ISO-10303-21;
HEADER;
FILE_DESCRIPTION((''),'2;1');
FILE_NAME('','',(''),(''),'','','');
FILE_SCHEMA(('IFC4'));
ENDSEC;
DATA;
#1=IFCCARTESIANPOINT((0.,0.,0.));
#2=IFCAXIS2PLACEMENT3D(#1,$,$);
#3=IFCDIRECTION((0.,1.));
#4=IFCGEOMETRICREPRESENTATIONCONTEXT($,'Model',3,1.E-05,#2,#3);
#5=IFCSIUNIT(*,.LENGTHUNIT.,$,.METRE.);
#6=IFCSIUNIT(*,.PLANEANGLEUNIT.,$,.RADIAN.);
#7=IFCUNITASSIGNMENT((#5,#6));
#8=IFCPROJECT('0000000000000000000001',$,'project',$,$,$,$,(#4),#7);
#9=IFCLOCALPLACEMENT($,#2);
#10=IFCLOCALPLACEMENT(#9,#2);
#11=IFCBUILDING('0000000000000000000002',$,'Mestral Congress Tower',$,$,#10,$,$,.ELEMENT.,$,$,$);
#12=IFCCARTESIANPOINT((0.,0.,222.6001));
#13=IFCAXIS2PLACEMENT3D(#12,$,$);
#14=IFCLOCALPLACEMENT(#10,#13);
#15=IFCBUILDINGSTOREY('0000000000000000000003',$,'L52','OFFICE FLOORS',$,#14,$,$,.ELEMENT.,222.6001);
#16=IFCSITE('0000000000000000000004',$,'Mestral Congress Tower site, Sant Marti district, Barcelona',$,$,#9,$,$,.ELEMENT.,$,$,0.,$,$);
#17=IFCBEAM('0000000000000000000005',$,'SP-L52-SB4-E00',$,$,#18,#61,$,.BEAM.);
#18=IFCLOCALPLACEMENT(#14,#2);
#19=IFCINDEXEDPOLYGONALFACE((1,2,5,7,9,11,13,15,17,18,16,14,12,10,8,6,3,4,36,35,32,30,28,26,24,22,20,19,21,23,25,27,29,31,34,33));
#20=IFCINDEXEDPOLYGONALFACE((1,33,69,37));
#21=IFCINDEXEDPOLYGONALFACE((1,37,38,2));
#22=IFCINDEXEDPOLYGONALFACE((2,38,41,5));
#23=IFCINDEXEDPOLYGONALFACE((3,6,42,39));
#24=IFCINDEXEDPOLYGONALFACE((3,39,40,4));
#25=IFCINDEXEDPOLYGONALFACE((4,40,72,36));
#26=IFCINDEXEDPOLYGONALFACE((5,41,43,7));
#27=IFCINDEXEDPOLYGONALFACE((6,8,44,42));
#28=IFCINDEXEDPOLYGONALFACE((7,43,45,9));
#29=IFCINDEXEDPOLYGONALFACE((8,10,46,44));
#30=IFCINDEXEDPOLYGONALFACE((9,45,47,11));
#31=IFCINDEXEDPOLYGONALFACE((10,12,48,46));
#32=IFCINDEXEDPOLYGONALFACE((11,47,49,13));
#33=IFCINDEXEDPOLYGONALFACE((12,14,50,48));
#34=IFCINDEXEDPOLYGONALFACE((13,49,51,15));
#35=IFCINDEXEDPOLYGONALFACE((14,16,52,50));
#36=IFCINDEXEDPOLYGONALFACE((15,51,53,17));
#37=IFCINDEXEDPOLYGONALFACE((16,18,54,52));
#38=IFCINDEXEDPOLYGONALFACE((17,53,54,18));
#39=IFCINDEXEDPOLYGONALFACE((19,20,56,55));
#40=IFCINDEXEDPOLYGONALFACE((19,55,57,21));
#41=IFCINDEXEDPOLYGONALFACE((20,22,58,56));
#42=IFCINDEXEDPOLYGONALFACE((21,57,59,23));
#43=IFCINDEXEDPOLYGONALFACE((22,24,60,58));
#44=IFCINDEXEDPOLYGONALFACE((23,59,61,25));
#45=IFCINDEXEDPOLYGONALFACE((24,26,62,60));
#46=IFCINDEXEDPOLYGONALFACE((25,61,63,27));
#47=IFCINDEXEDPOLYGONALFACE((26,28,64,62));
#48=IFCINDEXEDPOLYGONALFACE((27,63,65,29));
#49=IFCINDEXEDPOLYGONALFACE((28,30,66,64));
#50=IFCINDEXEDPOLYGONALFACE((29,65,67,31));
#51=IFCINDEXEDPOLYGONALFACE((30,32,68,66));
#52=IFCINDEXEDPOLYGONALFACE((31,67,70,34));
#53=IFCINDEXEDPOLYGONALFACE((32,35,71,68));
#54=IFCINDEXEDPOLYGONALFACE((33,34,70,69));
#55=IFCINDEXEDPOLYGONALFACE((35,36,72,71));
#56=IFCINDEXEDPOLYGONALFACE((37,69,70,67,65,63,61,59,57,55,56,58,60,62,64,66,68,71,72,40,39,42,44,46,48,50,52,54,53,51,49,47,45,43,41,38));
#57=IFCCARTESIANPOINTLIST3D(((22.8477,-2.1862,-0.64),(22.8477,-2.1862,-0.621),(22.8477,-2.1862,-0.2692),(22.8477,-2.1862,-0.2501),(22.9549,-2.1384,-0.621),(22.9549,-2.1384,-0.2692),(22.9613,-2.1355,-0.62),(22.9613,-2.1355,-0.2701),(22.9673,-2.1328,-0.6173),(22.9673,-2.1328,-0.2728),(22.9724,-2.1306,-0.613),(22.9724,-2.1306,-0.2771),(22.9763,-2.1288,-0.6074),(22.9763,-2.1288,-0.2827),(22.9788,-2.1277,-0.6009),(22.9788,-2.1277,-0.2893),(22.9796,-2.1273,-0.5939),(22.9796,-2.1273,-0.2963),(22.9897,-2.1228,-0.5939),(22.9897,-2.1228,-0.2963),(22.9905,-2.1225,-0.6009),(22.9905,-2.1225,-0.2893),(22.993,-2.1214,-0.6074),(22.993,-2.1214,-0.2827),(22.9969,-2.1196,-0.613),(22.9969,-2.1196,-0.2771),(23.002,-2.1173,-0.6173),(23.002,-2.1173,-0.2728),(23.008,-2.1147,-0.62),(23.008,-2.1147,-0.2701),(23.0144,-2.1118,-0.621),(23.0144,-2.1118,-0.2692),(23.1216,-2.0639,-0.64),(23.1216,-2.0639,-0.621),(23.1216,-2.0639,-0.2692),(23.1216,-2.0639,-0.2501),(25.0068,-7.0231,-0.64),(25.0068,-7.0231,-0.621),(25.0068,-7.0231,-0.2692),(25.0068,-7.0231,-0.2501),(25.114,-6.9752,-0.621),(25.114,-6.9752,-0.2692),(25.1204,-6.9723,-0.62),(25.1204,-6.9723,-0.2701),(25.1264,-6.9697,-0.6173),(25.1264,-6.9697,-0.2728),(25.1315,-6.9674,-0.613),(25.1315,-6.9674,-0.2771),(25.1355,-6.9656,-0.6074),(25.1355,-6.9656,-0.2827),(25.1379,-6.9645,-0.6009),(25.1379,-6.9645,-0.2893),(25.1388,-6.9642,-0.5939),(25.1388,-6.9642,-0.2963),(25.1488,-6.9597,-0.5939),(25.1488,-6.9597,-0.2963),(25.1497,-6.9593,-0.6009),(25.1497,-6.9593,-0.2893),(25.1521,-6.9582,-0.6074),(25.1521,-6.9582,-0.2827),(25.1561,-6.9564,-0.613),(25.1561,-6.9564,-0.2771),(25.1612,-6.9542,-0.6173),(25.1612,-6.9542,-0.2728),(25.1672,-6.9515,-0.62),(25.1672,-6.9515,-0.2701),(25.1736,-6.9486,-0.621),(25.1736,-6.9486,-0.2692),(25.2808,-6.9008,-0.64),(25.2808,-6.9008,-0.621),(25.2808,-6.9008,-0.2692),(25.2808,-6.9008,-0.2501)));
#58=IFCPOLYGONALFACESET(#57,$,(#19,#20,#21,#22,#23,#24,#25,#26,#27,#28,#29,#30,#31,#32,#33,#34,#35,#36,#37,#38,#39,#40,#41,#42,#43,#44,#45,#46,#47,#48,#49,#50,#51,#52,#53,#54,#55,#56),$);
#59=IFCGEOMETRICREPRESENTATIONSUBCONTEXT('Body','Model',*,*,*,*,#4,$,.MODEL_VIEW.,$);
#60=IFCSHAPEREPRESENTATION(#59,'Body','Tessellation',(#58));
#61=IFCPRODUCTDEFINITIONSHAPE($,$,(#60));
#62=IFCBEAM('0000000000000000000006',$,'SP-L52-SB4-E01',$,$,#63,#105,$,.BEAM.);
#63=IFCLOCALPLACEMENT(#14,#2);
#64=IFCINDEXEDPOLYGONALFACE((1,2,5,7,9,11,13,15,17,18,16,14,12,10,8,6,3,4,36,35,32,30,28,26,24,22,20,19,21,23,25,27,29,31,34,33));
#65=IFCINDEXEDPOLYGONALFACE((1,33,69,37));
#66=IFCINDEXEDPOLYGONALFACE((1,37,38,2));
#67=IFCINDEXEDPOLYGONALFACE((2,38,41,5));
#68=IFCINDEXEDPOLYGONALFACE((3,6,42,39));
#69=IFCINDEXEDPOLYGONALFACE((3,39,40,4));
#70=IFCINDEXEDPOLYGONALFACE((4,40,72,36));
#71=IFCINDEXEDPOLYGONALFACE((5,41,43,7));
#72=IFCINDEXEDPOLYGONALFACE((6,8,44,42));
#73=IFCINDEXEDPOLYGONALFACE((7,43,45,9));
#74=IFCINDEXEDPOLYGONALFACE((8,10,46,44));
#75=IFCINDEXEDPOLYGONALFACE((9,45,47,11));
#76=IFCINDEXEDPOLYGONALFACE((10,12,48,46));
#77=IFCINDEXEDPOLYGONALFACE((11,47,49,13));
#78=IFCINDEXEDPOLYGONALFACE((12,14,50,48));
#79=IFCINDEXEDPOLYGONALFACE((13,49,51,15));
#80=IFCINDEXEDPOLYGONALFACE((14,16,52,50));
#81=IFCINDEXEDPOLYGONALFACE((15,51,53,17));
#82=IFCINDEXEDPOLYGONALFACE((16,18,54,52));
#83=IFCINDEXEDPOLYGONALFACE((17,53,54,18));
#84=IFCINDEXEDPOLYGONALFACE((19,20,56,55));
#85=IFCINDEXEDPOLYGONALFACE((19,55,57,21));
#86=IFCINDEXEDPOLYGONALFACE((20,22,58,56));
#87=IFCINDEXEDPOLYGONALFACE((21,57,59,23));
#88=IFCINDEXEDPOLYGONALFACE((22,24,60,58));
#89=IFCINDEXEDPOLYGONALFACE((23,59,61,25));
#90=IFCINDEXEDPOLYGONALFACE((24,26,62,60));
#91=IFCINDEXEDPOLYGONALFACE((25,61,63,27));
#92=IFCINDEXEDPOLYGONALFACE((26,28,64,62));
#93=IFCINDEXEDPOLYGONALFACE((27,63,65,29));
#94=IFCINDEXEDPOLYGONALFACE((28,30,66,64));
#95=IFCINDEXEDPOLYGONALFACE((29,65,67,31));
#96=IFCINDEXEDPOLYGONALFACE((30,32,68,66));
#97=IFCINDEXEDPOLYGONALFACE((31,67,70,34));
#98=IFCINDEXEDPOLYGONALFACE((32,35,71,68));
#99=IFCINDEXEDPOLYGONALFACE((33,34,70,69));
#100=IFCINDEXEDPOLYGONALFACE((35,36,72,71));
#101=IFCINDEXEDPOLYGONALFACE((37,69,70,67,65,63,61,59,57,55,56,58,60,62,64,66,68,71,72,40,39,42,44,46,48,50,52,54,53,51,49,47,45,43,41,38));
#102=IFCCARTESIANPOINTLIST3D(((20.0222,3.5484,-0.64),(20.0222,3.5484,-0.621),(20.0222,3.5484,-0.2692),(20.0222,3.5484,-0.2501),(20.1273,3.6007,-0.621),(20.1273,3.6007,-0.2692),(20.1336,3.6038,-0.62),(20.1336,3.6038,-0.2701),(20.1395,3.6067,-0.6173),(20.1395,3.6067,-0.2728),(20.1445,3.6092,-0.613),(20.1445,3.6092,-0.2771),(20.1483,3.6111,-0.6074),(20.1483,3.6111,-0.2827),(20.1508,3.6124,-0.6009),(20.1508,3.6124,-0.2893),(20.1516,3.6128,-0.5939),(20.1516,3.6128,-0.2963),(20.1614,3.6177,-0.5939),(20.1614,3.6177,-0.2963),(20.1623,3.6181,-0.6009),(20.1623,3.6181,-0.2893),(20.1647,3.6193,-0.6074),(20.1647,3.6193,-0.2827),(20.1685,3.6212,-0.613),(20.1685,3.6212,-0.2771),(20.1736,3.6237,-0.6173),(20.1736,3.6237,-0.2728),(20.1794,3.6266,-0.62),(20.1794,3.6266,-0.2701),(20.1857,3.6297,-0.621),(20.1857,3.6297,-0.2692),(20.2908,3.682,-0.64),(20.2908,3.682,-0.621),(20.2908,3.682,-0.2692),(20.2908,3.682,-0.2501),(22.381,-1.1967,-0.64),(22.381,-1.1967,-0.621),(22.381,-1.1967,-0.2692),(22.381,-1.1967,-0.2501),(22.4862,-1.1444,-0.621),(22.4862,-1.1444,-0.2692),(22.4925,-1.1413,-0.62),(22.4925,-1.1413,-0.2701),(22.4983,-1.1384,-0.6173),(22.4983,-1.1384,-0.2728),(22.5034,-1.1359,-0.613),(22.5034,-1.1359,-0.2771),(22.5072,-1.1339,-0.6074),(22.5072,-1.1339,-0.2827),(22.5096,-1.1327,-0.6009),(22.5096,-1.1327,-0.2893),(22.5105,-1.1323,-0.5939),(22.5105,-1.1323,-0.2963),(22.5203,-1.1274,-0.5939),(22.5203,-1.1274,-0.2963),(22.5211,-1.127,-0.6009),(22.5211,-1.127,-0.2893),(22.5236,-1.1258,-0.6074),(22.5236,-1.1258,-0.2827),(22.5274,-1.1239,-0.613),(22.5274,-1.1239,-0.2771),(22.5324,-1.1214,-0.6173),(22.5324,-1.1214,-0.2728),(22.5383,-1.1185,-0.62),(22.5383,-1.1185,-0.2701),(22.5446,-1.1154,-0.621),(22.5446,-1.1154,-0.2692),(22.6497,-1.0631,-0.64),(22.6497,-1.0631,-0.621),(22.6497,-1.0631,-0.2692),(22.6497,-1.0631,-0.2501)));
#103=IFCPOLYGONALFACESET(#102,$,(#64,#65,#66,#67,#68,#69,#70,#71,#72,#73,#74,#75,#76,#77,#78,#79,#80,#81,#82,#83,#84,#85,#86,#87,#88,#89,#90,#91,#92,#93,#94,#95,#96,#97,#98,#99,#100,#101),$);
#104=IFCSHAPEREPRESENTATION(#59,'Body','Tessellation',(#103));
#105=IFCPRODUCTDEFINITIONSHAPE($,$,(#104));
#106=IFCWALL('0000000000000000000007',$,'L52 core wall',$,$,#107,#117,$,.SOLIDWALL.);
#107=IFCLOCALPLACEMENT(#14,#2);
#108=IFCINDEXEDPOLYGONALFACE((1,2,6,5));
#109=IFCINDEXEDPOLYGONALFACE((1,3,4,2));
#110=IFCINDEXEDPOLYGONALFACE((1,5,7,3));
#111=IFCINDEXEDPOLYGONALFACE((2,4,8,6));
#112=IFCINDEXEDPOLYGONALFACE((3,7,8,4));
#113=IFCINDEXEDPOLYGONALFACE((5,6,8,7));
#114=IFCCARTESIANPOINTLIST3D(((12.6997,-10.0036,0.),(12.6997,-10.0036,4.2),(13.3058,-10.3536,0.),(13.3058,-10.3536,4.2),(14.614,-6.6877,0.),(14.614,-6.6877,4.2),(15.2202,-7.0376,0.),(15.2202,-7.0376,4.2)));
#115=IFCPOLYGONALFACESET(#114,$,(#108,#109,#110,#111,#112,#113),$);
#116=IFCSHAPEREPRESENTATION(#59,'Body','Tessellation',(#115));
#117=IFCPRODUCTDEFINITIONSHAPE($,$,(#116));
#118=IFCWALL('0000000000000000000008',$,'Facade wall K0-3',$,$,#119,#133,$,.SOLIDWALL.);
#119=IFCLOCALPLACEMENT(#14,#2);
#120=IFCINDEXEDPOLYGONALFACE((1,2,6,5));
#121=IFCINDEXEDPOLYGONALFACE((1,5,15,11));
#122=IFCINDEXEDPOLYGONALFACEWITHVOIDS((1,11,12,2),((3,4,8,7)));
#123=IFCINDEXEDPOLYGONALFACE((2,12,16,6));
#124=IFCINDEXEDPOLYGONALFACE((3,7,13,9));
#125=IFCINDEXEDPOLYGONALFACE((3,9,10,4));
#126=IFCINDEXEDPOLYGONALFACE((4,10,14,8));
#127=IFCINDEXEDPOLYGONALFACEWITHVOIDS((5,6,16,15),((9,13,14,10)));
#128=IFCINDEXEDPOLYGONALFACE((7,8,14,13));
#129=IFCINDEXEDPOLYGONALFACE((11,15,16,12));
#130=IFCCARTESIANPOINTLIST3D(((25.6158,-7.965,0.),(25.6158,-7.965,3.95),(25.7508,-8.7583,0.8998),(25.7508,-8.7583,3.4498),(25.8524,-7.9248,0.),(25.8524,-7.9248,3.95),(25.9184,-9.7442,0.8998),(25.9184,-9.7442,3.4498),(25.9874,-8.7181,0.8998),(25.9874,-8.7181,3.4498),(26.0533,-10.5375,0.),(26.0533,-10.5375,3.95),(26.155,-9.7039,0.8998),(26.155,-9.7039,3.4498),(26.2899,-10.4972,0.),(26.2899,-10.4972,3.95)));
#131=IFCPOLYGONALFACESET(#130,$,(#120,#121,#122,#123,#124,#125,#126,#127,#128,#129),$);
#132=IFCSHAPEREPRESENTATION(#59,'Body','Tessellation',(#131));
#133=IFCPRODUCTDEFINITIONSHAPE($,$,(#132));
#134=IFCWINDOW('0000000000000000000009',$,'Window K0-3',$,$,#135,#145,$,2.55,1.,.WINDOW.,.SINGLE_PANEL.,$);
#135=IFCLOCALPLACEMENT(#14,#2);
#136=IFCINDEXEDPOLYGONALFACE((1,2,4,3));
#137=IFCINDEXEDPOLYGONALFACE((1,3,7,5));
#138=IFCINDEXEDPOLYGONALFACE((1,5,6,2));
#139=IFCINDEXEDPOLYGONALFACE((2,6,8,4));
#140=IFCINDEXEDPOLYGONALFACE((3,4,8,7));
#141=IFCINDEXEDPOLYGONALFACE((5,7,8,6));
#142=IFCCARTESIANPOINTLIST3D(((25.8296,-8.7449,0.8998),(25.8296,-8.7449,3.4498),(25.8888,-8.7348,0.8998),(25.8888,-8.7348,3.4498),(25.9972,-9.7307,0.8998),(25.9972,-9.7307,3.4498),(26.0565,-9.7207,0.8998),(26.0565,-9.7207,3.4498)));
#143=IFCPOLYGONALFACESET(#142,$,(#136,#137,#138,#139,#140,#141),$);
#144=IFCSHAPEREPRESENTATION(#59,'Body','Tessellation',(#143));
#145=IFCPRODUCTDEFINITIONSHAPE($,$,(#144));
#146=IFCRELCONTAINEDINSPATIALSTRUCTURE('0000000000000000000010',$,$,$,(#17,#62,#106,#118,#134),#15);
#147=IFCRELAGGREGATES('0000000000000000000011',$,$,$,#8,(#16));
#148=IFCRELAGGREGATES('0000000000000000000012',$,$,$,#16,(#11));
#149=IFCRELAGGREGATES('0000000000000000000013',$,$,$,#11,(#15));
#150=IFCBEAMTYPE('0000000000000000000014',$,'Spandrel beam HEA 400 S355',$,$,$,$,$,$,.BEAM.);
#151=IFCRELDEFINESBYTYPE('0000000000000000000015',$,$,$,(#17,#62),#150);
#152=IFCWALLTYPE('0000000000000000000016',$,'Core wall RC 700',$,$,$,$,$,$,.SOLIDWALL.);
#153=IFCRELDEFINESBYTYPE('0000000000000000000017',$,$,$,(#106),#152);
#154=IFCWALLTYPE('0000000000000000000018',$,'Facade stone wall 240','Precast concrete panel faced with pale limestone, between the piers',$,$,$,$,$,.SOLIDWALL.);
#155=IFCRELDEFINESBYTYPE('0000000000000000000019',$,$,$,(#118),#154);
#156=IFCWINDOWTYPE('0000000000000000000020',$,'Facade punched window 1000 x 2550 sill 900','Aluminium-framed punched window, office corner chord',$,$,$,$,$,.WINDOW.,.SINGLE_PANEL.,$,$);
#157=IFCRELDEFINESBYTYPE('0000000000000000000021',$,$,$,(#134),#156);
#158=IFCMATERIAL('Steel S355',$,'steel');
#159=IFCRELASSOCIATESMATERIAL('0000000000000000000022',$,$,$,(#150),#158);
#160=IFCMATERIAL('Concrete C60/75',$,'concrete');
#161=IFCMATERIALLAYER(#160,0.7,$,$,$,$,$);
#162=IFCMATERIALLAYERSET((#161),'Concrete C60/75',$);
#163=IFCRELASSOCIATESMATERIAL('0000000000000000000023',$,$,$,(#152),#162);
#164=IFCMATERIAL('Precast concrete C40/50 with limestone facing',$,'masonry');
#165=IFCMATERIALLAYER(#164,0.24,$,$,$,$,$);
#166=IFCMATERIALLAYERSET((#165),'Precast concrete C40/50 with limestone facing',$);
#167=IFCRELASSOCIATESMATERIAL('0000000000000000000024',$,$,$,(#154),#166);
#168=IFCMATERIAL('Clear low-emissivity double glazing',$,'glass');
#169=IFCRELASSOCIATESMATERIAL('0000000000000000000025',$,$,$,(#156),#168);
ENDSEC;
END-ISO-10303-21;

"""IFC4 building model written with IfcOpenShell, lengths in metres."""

from ifc_helpers import new_model, si_unit, direction, frame, frame_2d, origin, origin_2d, place, context, subcontext, project, spatial, rectangle, i_section, extrude, material, layer, layer_set, material_profile, profile_set, type_object, element, fill, save


model = new_model("IFC4")

# Units and contexts
model_context = context("Model", 3, precision=1e-05, world=origin(), true_north=direction((0.0, 1.0)))
body_context = subcontext(model_context, "Body", "Model", "MODEL_VIEW")
ifc_project = project(units=[si_unit("LENGTHUNIT", "METRE"), si_unit("PLANEANGLEUNIT", "RADIAN")], contexts=[model_context])

# Site, building, storey
site_placement = place(None, origin())
site = spatial("IfcSite", under=ifc_project, at=site_placement, Name="Mestral Congress Tower site, Sant Marti district, Barcelona", CompositionType="ELEMENT", RefElevation=0.0)
building_placement = place(site_placement, origin())
building = spatial("IfcBuilding", under=site, at=building_placement, Name="Mestral Congress Tower", CompositionType="ELEMENT")
storey_placement = place(building_placement, frame((0.0, 0.0, 222.6001)))
storey = spatial("IfcBuildingStorey", under=building, at=storey_placement, Name="L52", Description="OFFICE FLOORS", CompositionType="ELEMENT", Elevation=222.6001)

# Shared definitions
ifc_material_1 = material(Name="Concrete C60/75", Category="concrete")

# Beams
ifc_material_2 = material(Name="Steel S355", Category="steel")
ifc_material_profile_1 = material_profile(ifc_material_2, i_section(OverallWidth=0.3, OverallDepth=0.3899, WebThickness=0.011, FlangeThickness=0.019, FilletRadius=0.0271, at=origin_2d()), Name="HEA 400")
ifc_profile_set_1 = profile_set([ifc_material_profile_1], Name="Steel S355")
beam_type_1 = type_object("IfcBeamType", Name="Spandrel beam HEA 400 S355", PredefinedType="BEAM", material=ifc_profile_set_1)
beam_1_placement = place(storey_placement, frame((25.1438, -6.9619, -0.4451), z_axis=(-0.407626, 0.913149, 0.0), x_axis=(-0.913149, -0.407626, 0.0)))
element("IfcBeam", 1, at=beam_1_placement, inside=storey, type_object=beam_type_1, Name="SP-L52-SB4-E00", PredefinedType="BEAM", context=body_context, shape_type="SweptSolid", body=[
    extrude(i_section(OverallWidth=0.3, OverallDepth=0.3899, WebThickness=0.011, FlangeThickness=0.019, FilletRadius=0.0271, at=origin_2d()), origin(), (0.0, 0.0, 1.0), 5.2969),
])
beam_2_placement = place(storey_placement, frame((22.5154, -1.1299, -0.4451), z_axis=(-0.445148, 0.895457, 0.0), x_axis=(-0.895457, -0.445148, 0.0)))
element("IfcBeam", 2, at=beam_2_placement, inside=storey, type_object=beam_type_1, Name="SP-L52-SB4-E01", PredefinedType="BEAM", context=body_context, shape_type="SweptSolid", body=[
    extrude(i_section(OverallWidth=0.3, OverallDepth=0.3899, WebThickness=0.011, FlangeThickness=0.019, FilletRadius=0.0271, at=origin_2d()), origin(), (0.0, 0.0, 1.0), 5.2991),
])

# Wall
ifc_layer_1 = layer(ifc_material_1, 0.7)
ifc_layer_set_1 = layer_set([ifc_layer_1], Name="Concrete C60/75")
wall_type_1 = type_object("IfcWallType", Name="Core wall RC 700", PredefinedType="SOLIDWALL", material=ifc_layer_set_1)
wall_1_placement = place(storey_placement, frame((13.0027, -10.1787, 0.0), z_axis=(0.0, 0.0, 1.0), x_axis=(0.499973, 0.866041, 0.0)))
element("IfcWall", 3, at=wall_1_placement, inside=storey, type_object=wall_type_1, Name="L52 core wall", PredefinedType="SOLIDWALL", context=body_context, shape_type="SweptSolid", body=[
    extrude(rectangle(XDim=3.8289, YDim=0.7, at=frame_2d((1.9146, 0.0))), origin(), (0.0, 0.0, 1.0), 4.2),
])

# Wall, opening, window
ifc_material_3 = material(Name="Precast concrete C40/50 with limestone facing", Category="masonry")
ifc_layer_2 = layer(ifc_material_3, 0.24)
ifc_layer_set_2 = layer_set([ifc_layer_2], Name="Precast concrete C40/50 with limestone facing")
wall_type_2 = type_object("IfcWallType", Name="Facade stone wall 240", Description="Precast concrete panel faced with pale limestone, between the piers", PredefinedType="SOLIDWALL", material=ifc_layer_set_2)
wall_2_placement = place(storey_placement, frame((26.1716, -10.5173, 0.0), z_axis=(0.0, 0.0, 1.0), x_axis=(-0.16766, 0.985845, 0.0)))
wall_2 = element("IfcWall", 4, at=wall_2_placement, inside=storey, type_object=wall_type_2, Name="Facade wall K0-3", PredefinedType="SOLIDWALL", context=body_context, shape_type="SweptSolid", body=[
    extrude(rectangle(XDim=2.6094, YDim=0.24, at=frame_2d((1.3047, 0.0))), origin(), (0.0, 0.0, 1.0), 3.95),
])
opening_1_placement = place(wall_2_placement, frame((0.8047, 0.0, 0.8999)))
opening_1 = element("IfcOpeningElement", 5, at=opening_1_placement, cuts=wall_2, PredefinedType="OPENING", context=body_context, shape_type="SweptSolid", body=[
    extrude(rectangle(XDim=1.0, YDim=2.55, at=frame_2d((0.5, 1.2749))), frame((0.0, 0.1299, 0.0), z_axis=(0.0, -1.0, 0.0), x_axis=(1.0, 0.0, 0.0)), (0.0, 0.0, 1.0), 0.26),
])
ifc_material_4 = material(Name="Clear low-emissivity double glazing", Category="glass")
window_type_1 = type_object("IfcWindowType", Name="Facade punched window 1000 x 2550 sill 900", Description="Aluminium-framed punched window, office corner chord", PartitioningType="SINGLE_PANEL", PredefinedType="WINDOW", material=ifc_material_4)
window_1_placement = place(opening_1_placement, origin())
window_1 = element("IfcWindow", 6, at=window_1_placement, inside=storey, type_object=window_type_1, Name="Window K0-3", OverallHeight=2.55, OverallWidth=1.0, PartitioningType="SINGLE_PANEL", PredefinedType="WINDOW", context=body_context, shape_type="SweptSolid", body=[
    extrude(rectangle(XDim=1.0, YDim=2.55, at=frame_2d((0.5, 1.2749))), frame((0.0, 0.04, 0.0), z_axis=(0.0, -1.0, 0.0), x_axis=(1.0, 0.0, 0.0)), (0.0, 0.0, 1.0), 0.0601),
])
fill(opening_1, window_1)

save(model, "model.ifc")
